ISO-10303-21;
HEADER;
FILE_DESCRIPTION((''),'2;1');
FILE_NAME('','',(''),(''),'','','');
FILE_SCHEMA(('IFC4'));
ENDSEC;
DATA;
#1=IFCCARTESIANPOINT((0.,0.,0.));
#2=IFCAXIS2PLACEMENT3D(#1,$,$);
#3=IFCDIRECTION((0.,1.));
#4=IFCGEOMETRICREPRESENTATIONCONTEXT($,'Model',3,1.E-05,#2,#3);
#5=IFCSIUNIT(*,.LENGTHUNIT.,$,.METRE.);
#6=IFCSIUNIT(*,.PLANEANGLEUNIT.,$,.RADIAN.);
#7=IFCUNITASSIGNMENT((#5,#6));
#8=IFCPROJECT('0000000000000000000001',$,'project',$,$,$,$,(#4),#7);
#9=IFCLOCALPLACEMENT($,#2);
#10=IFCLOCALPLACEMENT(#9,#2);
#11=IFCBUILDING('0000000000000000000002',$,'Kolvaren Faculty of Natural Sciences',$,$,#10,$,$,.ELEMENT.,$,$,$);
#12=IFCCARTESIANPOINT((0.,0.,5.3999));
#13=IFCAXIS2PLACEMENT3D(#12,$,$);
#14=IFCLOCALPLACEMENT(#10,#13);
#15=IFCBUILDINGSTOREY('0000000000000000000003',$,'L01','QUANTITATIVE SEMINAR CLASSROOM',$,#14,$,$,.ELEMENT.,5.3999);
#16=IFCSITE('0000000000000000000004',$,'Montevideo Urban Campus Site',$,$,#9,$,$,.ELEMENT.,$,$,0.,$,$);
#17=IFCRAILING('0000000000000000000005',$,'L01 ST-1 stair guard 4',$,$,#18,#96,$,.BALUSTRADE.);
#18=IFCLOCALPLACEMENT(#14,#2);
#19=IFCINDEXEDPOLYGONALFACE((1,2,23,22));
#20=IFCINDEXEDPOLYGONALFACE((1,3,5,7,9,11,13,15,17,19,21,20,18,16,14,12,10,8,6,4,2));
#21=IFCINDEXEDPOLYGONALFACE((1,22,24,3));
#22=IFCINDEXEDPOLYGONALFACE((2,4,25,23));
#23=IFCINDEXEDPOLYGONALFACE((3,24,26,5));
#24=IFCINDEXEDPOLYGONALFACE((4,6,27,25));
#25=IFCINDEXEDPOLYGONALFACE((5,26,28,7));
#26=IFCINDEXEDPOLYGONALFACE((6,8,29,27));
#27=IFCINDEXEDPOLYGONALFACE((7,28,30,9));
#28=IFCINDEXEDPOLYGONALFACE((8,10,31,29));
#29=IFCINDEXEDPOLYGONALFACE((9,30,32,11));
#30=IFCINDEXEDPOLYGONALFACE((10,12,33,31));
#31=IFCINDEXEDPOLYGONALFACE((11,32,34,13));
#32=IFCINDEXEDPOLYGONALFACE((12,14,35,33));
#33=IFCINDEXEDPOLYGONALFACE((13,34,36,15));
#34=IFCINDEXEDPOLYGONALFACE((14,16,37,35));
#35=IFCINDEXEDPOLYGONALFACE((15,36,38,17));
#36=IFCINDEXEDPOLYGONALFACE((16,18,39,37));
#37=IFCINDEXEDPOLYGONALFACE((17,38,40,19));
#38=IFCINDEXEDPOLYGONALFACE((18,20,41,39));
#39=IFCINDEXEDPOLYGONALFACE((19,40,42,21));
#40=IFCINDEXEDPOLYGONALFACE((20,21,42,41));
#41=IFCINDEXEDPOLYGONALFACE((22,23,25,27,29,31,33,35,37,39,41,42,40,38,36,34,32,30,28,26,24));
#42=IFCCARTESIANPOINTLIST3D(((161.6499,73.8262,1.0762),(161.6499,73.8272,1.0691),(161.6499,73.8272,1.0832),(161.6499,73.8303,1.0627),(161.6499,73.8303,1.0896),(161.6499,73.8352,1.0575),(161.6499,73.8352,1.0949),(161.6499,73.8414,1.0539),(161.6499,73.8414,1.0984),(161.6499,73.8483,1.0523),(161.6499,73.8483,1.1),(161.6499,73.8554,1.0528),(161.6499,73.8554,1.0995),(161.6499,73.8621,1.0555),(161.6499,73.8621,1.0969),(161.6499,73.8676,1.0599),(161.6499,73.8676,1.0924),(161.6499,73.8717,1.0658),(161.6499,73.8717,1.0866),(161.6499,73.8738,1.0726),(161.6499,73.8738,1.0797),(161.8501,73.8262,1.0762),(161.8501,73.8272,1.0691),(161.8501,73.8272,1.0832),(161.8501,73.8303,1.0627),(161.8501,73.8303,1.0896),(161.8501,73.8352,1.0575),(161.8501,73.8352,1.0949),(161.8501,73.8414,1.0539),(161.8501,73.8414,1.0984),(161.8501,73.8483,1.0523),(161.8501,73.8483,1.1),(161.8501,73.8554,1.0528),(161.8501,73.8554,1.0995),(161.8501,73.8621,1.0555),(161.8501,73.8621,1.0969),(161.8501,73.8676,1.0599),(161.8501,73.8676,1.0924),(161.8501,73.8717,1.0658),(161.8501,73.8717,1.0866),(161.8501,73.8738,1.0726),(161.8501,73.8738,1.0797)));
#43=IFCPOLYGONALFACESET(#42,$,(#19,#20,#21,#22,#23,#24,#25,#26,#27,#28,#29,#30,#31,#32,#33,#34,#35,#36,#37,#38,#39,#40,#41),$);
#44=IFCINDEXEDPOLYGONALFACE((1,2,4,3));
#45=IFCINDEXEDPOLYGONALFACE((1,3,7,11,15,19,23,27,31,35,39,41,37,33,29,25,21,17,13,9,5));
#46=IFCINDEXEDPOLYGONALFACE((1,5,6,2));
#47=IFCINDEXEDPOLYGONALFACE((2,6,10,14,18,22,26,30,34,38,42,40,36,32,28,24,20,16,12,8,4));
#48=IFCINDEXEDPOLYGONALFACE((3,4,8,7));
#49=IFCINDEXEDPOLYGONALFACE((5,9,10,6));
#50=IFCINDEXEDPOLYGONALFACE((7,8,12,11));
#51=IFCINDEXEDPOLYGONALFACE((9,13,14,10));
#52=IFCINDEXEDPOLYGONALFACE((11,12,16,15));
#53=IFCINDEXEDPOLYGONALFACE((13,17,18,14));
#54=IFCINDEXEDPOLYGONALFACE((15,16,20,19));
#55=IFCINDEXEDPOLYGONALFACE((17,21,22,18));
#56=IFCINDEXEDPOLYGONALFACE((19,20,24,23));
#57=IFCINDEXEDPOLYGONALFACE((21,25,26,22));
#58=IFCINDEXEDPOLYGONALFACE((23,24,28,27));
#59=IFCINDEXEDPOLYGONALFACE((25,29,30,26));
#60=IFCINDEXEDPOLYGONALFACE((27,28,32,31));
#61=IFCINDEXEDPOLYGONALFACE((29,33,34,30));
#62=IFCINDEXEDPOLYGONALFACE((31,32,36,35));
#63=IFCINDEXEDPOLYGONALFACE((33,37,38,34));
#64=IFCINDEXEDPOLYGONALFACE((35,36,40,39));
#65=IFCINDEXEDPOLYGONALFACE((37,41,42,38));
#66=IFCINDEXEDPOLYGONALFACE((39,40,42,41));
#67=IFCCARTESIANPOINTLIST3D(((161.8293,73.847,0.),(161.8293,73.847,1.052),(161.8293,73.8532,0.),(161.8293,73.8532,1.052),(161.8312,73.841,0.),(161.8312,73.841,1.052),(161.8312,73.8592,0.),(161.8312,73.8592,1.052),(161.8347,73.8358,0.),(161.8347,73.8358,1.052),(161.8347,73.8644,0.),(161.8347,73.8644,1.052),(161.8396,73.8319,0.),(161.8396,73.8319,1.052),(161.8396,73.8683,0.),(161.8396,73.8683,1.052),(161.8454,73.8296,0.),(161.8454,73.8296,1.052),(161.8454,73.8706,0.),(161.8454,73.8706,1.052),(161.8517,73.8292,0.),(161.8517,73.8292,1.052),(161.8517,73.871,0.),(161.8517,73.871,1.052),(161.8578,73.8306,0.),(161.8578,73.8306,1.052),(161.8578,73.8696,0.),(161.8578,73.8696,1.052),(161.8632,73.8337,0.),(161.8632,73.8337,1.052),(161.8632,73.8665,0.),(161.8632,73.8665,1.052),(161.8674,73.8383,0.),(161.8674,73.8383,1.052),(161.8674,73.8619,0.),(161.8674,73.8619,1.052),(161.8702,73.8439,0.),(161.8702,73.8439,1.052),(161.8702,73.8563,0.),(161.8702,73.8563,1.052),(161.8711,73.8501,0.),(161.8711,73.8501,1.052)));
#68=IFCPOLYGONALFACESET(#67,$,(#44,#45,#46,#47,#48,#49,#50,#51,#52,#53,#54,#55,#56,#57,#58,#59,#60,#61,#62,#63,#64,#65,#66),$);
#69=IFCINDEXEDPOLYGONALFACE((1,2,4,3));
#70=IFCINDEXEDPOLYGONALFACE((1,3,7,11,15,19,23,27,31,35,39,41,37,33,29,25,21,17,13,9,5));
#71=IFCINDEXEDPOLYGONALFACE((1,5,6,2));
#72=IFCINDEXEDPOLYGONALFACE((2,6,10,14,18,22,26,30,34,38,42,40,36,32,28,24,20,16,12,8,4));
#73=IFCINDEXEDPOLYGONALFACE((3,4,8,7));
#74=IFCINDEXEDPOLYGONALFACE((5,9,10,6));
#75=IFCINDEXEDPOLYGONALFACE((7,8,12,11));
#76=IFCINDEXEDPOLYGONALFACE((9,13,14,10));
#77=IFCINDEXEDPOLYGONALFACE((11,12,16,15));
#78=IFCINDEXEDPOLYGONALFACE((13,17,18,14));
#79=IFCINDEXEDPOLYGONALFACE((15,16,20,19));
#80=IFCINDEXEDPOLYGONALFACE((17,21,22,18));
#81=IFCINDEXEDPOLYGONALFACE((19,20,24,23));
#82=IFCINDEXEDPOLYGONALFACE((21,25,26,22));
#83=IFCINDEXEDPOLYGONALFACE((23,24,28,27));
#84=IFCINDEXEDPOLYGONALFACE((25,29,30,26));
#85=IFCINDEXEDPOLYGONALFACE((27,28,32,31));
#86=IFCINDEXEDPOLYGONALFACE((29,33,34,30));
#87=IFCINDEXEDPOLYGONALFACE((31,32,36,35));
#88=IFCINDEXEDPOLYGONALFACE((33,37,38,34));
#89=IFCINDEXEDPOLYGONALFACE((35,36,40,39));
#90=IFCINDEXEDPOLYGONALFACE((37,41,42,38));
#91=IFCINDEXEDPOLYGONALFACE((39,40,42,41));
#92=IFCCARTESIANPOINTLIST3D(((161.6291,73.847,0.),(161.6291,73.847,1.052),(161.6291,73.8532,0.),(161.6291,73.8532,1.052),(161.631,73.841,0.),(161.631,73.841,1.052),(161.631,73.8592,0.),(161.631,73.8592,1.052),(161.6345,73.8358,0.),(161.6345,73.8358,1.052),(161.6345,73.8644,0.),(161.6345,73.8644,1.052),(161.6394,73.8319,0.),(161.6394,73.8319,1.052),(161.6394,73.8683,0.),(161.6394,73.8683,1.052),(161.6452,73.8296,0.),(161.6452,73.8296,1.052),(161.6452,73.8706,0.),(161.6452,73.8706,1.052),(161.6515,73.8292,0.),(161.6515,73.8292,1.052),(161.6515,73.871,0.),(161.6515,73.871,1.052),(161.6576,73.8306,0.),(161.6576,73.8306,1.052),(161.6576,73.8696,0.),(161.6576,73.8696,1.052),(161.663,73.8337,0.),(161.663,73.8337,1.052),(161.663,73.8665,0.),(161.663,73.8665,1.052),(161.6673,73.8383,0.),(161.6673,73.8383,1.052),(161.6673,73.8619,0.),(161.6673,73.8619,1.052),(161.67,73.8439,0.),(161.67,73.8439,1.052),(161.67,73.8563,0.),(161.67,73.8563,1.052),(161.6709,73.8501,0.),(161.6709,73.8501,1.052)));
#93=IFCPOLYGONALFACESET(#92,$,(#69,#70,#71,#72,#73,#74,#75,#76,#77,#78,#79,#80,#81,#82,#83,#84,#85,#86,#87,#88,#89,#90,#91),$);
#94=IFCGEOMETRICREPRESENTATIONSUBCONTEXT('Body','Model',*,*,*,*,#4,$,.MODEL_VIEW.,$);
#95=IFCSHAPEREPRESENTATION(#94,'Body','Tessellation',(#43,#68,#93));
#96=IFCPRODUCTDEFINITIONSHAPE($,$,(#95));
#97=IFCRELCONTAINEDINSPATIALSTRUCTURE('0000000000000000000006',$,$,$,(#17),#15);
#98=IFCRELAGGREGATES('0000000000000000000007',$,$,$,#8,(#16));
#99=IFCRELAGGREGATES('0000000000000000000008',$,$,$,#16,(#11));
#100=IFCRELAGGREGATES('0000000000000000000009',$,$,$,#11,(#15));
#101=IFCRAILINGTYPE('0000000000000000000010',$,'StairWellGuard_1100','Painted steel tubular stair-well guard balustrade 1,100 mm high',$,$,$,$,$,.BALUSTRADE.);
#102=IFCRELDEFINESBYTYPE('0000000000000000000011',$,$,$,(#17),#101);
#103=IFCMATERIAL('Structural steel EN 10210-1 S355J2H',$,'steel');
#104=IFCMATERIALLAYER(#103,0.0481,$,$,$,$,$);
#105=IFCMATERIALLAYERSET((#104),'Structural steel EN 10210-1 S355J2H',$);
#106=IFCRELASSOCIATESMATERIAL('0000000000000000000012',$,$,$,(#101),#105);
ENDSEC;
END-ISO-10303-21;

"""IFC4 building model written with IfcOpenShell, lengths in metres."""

from ifc_helpers import new_model, si_unit, direction, frame, origin, origin_2d, place, context, subcontext, project, spatial, circle, extrude, material, layer, layer_set, type_object, element, save


model = new_model("IFC4")

# Units and contexts
model_context = context("Model", 3, precision=1e-05, world=origin(), true_north=direction((0.0, 1.0)))
body_context = subcontext(model_context, "Body", "Model", "MODEL_VIEW")
ifc_project = project(units=[si_unit("LENGTHUNIT", "METRE"), si_unit("PLANEANGLEUNIT", "RADIAN")], contexts=[model_context])

# Site, building, storey
site_placement = place(None, origin())
site = spatial("IfcSite", under=ifc_project, at=site_placement, Name="Montevideo Urban Campus Site", CompositionType="ELEMENT", RefElevation=0.0)
building_placement = place(site_placement, origin())
building = spatial("IfcBuilding", under=site, at=building_placement, Name="Kolvaren Faculty of Natural Sciences", CompositionType="ELEMENT")
storey_placement = place(building_placement, frame((0.0, 0.0, 5.3999)))
storey = spatial("IfcBuildingStorey", under=building, at=storey_placement, Name="L01", Description="QUANTITATIVE SEMINAR CLASSROOM", CompositionType="ELEMENT", Elevation=5.3999)

# Railing
ifc_material_1 = material(Name="Structural steel EN 10210-1 S355J2H", Category="steel")
ifc_layer_1 = layer(ifc_material_1, 0.0481)
ifc_layer_set_1 = layer_set([ifc_layer_1], Name="Structural steel EN 10210-1 S355J2H")
railing_type_1 = type_object("IfcRailingType", Name="StairWellGuard_1100", Description="Painted steel tubular stair-well guard balustrade 1,100 mm high", PredefinedType="BALUSTRADE", material=ifc_layer_set_1)
railing_1_placement = place(storey_placement, frame((161.8501, 73.8501, 0.0)))
element("IfcRailing", 1, at=railing_1_placement, inside=storey, type_object=railing_type_1, Name="L01 ST-1 stair guard 4", PredefinedType="BALUSTRADE", context=body_context, shape_type="SweptSolid", body=[
    extrude(circle(Radius=0.0239, at=origin_2d()), frame((0.0, 0.0, 1.0762), z_axis=(-1.0, 0.0, 0.0), x_axis=(0.0, -1.0, 0.0)), (0.0, 0.0, 1.0), 0.2002),
    extrude(circle(Radius=0.021, at=origin_2d()), origin(), (0.0, 0.0, 1.0), 1.052),
    extrude(circle(Radius=0.021, at=origin_2d()), frame((-0.2002, 0.0, 0.0)), (0.0, 0.0, 1.0), 1.052),
])

save(model, "model.ifc")
